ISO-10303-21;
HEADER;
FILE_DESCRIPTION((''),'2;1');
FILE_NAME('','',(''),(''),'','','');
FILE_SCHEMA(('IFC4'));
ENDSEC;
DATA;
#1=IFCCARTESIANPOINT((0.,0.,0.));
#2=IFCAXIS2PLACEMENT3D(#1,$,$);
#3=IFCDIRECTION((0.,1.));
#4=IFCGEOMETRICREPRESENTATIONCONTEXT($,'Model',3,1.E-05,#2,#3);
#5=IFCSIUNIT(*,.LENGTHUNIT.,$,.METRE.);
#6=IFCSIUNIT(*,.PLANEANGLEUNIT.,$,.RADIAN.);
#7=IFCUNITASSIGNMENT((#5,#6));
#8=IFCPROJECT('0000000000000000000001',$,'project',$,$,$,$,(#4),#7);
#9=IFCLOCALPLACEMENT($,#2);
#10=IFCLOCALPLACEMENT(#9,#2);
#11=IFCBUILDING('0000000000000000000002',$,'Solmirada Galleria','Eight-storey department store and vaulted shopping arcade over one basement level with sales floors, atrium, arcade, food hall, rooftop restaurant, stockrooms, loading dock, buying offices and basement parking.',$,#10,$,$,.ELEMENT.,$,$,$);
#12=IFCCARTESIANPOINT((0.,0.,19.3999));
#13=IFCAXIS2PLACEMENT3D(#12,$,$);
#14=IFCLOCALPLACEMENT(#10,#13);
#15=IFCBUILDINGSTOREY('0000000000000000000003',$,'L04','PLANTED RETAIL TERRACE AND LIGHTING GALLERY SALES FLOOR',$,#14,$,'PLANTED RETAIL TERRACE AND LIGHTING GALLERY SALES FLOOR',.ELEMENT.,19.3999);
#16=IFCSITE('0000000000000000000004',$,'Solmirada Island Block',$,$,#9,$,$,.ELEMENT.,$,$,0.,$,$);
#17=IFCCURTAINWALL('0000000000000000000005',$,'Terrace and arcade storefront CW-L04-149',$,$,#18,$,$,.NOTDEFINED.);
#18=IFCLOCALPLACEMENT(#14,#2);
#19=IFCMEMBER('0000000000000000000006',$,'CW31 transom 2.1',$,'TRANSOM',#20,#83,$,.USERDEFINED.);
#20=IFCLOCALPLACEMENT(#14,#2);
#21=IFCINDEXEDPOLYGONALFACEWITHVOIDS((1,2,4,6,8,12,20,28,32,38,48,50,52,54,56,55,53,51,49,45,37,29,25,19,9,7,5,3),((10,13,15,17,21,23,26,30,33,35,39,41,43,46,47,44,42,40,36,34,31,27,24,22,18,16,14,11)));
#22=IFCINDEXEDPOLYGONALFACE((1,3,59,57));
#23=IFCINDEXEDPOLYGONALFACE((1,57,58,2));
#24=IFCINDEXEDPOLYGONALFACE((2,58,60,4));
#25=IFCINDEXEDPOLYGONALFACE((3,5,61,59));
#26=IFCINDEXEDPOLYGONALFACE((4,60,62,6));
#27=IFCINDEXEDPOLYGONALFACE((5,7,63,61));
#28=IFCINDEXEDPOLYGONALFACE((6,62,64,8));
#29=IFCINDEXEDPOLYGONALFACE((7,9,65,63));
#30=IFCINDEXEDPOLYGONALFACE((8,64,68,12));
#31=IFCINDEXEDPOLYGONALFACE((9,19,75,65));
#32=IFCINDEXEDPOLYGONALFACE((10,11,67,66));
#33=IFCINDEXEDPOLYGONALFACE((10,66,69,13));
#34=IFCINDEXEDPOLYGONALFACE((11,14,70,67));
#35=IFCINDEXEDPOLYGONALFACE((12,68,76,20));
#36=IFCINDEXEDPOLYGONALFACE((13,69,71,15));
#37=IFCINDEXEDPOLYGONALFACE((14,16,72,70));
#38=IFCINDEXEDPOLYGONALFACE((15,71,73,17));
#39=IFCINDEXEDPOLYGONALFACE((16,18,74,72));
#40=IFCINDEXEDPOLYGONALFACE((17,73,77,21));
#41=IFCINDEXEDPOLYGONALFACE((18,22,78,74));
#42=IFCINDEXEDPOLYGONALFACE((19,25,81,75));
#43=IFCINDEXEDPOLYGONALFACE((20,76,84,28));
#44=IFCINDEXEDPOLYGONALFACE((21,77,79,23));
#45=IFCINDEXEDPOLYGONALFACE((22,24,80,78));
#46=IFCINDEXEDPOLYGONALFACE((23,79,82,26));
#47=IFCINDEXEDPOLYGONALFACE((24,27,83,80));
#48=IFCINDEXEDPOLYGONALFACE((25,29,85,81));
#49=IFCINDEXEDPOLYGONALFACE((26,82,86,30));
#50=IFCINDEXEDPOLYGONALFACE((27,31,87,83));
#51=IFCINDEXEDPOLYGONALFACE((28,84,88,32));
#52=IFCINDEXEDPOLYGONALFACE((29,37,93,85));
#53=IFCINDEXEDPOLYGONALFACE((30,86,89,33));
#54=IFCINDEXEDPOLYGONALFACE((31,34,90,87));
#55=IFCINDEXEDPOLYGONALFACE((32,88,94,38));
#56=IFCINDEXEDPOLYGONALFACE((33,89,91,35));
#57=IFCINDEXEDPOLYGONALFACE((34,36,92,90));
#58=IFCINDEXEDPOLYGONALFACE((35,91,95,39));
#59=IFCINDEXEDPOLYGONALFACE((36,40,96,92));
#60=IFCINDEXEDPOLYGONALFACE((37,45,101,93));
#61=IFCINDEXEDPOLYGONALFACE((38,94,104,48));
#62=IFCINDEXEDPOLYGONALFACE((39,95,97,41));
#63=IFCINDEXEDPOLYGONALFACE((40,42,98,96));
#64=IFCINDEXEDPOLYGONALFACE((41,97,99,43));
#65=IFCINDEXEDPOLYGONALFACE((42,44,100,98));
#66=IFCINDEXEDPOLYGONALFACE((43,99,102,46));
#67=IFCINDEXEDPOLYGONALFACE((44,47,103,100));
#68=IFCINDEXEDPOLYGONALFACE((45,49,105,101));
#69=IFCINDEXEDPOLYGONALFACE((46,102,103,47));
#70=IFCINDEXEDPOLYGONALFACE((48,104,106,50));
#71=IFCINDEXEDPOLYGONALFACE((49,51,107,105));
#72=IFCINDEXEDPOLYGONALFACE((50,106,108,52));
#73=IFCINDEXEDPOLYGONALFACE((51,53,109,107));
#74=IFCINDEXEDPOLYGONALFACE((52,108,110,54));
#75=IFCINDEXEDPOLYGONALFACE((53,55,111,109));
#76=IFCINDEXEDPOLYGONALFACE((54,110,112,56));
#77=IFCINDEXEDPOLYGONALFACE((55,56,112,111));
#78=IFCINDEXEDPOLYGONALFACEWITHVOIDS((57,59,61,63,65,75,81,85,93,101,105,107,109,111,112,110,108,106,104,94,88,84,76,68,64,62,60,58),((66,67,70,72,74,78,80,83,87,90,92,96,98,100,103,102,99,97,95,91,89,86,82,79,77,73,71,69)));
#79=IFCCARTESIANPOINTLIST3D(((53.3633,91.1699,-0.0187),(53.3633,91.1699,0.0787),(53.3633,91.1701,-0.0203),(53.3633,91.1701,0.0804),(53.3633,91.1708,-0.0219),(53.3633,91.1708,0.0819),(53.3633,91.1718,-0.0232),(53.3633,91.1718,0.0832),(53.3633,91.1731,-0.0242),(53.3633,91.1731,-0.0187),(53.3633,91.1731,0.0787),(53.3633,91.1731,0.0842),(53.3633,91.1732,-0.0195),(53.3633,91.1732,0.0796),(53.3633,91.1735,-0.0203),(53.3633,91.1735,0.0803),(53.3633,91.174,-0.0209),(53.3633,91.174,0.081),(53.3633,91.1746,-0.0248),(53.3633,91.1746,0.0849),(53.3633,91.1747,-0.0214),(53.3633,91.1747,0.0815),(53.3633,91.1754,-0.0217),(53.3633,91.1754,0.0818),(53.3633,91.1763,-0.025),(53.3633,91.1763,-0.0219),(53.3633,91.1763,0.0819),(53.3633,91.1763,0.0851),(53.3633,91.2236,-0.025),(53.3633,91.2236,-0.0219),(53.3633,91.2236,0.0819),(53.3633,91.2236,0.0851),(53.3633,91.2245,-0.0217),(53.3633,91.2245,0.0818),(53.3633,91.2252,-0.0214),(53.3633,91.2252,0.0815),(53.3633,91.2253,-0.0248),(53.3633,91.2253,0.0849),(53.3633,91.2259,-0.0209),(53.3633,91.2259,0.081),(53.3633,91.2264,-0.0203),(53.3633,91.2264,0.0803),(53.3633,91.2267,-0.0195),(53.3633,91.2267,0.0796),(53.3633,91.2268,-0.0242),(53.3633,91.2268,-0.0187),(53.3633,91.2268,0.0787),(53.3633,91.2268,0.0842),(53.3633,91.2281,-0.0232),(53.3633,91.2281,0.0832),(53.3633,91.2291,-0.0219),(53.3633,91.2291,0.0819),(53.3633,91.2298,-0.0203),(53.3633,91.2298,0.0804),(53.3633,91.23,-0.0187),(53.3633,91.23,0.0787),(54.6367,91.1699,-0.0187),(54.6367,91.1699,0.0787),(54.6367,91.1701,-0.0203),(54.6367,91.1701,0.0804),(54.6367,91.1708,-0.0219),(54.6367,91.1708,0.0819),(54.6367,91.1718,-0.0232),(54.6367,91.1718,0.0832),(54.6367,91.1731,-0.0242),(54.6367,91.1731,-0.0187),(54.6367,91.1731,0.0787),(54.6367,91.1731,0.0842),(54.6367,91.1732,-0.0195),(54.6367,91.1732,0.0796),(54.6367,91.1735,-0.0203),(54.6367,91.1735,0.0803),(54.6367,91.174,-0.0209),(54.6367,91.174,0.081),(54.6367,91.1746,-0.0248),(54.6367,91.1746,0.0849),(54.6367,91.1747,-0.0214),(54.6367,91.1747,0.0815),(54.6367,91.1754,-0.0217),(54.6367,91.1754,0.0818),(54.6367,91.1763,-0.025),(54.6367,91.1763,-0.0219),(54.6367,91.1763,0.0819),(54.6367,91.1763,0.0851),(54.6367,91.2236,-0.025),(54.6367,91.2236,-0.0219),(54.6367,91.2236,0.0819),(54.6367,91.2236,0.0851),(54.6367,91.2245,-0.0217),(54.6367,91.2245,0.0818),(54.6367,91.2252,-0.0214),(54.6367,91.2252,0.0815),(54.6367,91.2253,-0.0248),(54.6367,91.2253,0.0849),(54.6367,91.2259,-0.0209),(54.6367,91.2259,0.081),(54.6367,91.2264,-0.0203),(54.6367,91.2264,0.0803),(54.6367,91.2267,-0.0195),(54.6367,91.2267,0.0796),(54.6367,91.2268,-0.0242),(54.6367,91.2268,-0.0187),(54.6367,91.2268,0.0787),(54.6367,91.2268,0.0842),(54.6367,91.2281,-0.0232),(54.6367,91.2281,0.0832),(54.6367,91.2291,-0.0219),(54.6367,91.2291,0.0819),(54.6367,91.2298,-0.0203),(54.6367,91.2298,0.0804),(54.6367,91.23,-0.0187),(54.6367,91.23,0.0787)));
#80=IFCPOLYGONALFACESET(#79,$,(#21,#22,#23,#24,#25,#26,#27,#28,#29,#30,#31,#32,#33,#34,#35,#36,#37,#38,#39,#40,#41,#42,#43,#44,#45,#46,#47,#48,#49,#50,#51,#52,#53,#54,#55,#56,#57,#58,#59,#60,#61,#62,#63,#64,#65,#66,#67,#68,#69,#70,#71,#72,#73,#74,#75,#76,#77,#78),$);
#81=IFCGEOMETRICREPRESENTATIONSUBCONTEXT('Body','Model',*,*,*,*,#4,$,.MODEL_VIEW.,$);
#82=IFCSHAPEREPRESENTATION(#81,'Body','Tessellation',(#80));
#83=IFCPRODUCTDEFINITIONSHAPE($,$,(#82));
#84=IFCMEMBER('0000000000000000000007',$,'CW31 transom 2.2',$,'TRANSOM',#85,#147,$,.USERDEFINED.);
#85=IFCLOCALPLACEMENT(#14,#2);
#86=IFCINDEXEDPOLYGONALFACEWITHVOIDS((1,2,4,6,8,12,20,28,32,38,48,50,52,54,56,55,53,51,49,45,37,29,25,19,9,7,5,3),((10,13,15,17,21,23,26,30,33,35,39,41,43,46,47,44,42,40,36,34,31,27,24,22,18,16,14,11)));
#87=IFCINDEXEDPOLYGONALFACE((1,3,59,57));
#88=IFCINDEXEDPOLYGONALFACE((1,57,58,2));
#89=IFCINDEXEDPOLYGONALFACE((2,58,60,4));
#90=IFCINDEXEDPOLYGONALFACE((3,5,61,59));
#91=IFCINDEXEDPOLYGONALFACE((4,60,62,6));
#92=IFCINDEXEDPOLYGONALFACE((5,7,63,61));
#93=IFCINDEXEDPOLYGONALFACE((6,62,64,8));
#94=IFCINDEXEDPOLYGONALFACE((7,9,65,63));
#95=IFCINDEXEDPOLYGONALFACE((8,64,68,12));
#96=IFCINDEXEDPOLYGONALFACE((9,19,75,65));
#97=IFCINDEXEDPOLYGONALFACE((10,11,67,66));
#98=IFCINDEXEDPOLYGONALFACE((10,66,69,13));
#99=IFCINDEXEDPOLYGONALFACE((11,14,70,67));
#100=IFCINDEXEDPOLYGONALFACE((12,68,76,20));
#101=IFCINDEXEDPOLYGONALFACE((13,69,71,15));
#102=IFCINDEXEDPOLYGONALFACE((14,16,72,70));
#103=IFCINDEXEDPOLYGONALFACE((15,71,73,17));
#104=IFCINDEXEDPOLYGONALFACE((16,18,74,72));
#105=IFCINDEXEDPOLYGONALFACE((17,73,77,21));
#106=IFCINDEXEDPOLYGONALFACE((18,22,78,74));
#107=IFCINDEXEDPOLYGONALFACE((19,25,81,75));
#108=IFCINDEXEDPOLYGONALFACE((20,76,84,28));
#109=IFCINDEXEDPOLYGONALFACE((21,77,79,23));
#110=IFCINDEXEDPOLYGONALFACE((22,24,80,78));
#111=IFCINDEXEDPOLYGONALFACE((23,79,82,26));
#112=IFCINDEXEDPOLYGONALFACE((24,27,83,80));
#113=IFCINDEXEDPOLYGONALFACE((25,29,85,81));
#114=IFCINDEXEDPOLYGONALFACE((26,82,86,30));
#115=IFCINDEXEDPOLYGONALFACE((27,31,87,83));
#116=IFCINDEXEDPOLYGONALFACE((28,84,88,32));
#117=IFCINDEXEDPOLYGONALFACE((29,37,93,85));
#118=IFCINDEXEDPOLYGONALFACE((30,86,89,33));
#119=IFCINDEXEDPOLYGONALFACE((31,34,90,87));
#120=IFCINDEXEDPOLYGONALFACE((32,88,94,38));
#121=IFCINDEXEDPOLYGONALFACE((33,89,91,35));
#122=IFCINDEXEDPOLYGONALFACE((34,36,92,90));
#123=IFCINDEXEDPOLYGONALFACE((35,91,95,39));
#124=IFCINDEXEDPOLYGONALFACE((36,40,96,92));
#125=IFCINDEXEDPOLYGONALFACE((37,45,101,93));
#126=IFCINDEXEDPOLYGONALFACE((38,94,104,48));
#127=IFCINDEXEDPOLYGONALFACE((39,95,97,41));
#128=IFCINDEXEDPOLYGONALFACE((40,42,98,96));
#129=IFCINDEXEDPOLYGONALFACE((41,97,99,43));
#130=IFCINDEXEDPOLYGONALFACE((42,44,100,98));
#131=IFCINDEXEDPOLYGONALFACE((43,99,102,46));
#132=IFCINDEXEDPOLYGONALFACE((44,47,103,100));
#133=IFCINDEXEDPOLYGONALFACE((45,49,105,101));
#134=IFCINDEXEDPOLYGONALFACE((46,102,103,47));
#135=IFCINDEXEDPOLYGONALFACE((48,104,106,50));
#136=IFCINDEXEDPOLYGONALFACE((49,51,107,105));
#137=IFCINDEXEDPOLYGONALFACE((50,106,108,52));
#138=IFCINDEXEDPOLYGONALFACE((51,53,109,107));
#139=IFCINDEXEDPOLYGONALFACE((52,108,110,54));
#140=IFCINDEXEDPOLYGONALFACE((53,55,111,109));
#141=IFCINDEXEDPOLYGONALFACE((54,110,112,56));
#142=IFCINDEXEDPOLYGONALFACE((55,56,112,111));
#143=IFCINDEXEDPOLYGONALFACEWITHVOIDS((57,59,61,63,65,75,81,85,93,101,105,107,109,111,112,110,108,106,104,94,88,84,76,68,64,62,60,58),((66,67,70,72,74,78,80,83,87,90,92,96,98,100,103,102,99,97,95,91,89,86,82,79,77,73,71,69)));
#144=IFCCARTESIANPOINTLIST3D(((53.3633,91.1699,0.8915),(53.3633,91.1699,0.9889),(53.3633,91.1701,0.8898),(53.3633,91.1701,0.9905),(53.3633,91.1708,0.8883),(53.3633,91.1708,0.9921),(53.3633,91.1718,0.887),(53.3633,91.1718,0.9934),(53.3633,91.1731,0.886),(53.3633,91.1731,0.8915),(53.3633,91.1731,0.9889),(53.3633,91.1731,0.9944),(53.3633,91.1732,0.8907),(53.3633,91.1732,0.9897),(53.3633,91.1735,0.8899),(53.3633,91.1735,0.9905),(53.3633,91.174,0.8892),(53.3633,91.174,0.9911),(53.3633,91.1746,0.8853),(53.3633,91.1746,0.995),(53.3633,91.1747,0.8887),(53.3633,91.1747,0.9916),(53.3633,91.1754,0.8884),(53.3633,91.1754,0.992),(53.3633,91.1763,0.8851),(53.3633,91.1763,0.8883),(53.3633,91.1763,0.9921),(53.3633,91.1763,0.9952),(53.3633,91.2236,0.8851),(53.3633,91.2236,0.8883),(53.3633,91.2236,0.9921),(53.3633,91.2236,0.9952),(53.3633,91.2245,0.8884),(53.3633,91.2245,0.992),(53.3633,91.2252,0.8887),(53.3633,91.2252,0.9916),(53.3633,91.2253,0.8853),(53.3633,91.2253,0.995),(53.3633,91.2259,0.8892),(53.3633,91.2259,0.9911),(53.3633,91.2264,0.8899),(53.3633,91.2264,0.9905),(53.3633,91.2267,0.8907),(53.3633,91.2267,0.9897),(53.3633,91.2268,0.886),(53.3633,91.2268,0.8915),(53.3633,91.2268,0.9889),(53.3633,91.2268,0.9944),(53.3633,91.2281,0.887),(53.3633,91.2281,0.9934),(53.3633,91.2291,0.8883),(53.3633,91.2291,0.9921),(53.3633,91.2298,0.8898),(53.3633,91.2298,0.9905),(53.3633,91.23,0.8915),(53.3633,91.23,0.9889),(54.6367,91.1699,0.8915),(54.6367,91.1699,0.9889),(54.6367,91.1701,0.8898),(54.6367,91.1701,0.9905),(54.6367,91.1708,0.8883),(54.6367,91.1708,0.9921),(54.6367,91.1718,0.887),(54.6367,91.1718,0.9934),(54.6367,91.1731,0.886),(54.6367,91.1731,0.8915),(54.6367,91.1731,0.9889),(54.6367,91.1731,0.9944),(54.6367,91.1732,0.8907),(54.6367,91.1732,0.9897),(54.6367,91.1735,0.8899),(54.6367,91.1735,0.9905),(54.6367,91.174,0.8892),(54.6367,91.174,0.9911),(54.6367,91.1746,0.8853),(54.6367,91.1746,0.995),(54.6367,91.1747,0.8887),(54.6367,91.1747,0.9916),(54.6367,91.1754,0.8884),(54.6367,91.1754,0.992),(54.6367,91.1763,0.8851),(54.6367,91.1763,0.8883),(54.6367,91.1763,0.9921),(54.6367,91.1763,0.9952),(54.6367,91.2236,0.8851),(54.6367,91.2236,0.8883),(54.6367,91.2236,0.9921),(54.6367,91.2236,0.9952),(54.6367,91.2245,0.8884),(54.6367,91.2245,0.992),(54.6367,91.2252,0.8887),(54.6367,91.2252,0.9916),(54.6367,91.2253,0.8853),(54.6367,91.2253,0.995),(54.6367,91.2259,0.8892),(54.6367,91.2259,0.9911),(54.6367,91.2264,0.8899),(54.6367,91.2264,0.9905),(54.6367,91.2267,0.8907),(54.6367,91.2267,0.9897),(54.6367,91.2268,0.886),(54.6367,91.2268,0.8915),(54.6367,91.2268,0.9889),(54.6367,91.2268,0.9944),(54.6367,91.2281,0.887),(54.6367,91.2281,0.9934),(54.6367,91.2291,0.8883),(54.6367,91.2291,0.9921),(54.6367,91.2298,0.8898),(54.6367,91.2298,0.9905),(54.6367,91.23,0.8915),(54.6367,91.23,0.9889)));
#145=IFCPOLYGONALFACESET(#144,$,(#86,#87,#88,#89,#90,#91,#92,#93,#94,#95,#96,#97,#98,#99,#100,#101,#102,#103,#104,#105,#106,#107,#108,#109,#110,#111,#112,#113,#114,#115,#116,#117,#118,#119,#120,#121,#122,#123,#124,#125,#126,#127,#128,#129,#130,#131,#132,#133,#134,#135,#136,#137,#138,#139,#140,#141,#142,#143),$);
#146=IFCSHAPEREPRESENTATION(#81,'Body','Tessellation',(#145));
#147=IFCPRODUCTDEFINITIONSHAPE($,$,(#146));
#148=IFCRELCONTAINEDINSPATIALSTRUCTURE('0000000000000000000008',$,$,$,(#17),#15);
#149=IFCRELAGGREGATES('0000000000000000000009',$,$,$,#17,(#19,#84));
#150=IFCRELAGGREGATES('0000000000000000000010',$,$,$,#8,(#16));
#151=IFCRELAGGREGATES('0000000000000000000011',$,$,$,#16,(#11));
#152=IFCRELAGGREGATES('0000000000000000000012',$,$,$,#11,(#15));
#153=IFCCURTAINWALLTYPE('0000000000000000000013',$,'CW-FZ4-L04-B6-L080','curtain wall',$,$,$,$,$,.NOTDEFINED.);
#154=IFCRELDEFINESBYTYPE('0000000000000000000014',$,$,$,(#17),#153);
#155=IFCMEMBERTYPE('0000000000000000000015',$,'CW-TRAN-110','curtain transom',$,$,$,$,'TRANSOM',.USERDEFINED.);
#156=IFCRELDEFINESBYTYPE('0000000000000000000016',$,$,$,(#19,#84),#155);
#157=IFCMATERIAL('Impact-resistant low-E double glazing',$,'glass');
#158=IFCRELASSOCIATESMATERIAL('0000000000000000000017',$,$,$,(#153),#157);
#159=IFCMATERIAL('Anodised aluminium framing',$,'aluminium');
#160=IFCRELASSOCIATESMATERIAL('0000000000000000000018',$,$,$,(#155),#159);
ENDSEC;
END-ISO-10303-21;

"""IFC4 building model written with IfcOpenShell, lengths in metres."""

from ifc_helpers import new_model, si_unit, direction, frame, origin, origin_2d, place, context, subcontext, project, spatial, hollow_rectangle, extrude, material, material_profile, profile_set, type_object, element, aggregate, save


model = new_model("IFC4")

# Units and contexts
model_context = context("Model", 3, precision=1e-05, world=origin(), true_north=direction((0.0, 1.0)))
body_context = subcontext(model_context, "Body", "Model", "MODEL_VIEW")
ifc_project = project(units=[si_unit("LENGTHUNIT", "METRE"), si_unit("PLANEANGLEUNIT", "RADIAN")], contexts=[model_context])

# Site, building, storey
site_placement = place(None, origin())
site = spatial("IfcSite", under=ifc_project, at=site_placement, Name="Solmirada Island Block", CompositionType="ELEMENT", RefElevation=0.0)
building_placement = place(site_placement, origin())
building = spatial("IfcBuilding", under=site, at=building_placement, Name="Solmirada Galleria", Description="Eight-storey department store and vaulted shopping arcade over one basement level with sales floors, atrium, arcade, food hall, rooftop restaurant, stockrooms, loading dock, buying offices and basement parking.", CompositionType="ELEMENT")
storey_placement = place(building_placement, frame((0.0, 0.0, 19.3999)))
storey = spatial("IfcBuildingStorey", under=building, at=storey_placement, Name="L04", Description="PLANTED RETAIL TERRACE AND LIGHTING GALLERY SALES FLOOR", LongName="PLANTED RETAIL TERRACE AND LIGHTING GALLERY SALES FLOOR", CompositionType="ELEMENT", Elevation=19.3999)

# Curtain wall, members
ifc_material_1 = material(Name="Impact-resistant low-E double glazing", Category="glass")
curtain_wall_type = type_object("IfcCurtainWallType", Name="CW-FZ4-L04-B6-L080", Description="curtain wall", PredefinedType="NOTDEFINED", material=ifc_material_1)
curtain_wall_placement = place(storey_placement, origin())
curtain_wall = element("IfcCurtainWall", 1, at=curtain_wall_placement, inside=storey, type_object=curtain_wall_type, Name="Terrace and arcade storefront CW-L04-149", PredefinedType="NOTDEFINED")
ifc_material_2 = material(Name="Anodised aluminium framing", Category="aluminium")
ifc_material_profile_1 = material_profile(ifc_material_2, hollow_rectangle(XDim=0.0601, YDim=0.1101, WallThickness=0.0032, InnerFilletRadius=0.0032, OuterFilletRadius=0.0063, at=origin_2d()), Name="ALU-TRAN-110X60")
ifc_profile_set_1 = profile_set([ifc_material_profile_1], Name="Anodised aluminium framing")
member_type_1 = type_object("IfcMemberType", Name="CW-TRAN-110", Description="curtain transom", ElementType="TRANSOM", PredefinedType="USERDEFINED", material=ifc_profile_set_1)
member_1_placement = place(storey_placement, frame((54.6367, 91.2, 0.03), z_axis=(-1.0, 0.0, 0.0), x_axis=(0.0, -1.0, 0.0)))
member_1 = element("IfcMember", 2, at=member_1_placement, type_object=member_type_1, Name="CW31 transom 2.1", ObjectType="TRANSOM", PredefinedType="USERDEFINED", context=body_context, shape_type="SweptSolid", body=[
    extrude(hollow_rectangle(XDim=0.0601, YDim=0.1101, WallThickness=0.0032, InnerFilletRadius=0.0032, OuterFilletRadius=0.0063, at=origin_2d()), origin(), (0.0, 0.0, 1.0), 1.2734),
])
member_2_placement = place(storey_placement, frame((54.6367, 91.2, 0.9402), z_axis=(-1.0, 0.0, 0.0), x_axis=(0.0, -1.0, 0.0)))
member_2 = element("IfcMember", 3, at=member_2_placement, type_object=member_type_1, Name="CW31 transom 2.2", ObjectType="TRANSOM", PredefinedType="USERDEFINED", context=body_context, shape_type="SweptSolid", body=[
    extrude(hollow_rectangle(XDim=0.0601, YDim=0.1101, WallThickness=0.0032, InnerFilletRadius=0.0032, OuterFilletRadius=0.0063, at=origin_2d()), origin(), (0.0, 0.0, 1.0), 1.2734),
])
aggregate(curtain_wall, [member_1, member_2])

save(model, "model.ifc")
